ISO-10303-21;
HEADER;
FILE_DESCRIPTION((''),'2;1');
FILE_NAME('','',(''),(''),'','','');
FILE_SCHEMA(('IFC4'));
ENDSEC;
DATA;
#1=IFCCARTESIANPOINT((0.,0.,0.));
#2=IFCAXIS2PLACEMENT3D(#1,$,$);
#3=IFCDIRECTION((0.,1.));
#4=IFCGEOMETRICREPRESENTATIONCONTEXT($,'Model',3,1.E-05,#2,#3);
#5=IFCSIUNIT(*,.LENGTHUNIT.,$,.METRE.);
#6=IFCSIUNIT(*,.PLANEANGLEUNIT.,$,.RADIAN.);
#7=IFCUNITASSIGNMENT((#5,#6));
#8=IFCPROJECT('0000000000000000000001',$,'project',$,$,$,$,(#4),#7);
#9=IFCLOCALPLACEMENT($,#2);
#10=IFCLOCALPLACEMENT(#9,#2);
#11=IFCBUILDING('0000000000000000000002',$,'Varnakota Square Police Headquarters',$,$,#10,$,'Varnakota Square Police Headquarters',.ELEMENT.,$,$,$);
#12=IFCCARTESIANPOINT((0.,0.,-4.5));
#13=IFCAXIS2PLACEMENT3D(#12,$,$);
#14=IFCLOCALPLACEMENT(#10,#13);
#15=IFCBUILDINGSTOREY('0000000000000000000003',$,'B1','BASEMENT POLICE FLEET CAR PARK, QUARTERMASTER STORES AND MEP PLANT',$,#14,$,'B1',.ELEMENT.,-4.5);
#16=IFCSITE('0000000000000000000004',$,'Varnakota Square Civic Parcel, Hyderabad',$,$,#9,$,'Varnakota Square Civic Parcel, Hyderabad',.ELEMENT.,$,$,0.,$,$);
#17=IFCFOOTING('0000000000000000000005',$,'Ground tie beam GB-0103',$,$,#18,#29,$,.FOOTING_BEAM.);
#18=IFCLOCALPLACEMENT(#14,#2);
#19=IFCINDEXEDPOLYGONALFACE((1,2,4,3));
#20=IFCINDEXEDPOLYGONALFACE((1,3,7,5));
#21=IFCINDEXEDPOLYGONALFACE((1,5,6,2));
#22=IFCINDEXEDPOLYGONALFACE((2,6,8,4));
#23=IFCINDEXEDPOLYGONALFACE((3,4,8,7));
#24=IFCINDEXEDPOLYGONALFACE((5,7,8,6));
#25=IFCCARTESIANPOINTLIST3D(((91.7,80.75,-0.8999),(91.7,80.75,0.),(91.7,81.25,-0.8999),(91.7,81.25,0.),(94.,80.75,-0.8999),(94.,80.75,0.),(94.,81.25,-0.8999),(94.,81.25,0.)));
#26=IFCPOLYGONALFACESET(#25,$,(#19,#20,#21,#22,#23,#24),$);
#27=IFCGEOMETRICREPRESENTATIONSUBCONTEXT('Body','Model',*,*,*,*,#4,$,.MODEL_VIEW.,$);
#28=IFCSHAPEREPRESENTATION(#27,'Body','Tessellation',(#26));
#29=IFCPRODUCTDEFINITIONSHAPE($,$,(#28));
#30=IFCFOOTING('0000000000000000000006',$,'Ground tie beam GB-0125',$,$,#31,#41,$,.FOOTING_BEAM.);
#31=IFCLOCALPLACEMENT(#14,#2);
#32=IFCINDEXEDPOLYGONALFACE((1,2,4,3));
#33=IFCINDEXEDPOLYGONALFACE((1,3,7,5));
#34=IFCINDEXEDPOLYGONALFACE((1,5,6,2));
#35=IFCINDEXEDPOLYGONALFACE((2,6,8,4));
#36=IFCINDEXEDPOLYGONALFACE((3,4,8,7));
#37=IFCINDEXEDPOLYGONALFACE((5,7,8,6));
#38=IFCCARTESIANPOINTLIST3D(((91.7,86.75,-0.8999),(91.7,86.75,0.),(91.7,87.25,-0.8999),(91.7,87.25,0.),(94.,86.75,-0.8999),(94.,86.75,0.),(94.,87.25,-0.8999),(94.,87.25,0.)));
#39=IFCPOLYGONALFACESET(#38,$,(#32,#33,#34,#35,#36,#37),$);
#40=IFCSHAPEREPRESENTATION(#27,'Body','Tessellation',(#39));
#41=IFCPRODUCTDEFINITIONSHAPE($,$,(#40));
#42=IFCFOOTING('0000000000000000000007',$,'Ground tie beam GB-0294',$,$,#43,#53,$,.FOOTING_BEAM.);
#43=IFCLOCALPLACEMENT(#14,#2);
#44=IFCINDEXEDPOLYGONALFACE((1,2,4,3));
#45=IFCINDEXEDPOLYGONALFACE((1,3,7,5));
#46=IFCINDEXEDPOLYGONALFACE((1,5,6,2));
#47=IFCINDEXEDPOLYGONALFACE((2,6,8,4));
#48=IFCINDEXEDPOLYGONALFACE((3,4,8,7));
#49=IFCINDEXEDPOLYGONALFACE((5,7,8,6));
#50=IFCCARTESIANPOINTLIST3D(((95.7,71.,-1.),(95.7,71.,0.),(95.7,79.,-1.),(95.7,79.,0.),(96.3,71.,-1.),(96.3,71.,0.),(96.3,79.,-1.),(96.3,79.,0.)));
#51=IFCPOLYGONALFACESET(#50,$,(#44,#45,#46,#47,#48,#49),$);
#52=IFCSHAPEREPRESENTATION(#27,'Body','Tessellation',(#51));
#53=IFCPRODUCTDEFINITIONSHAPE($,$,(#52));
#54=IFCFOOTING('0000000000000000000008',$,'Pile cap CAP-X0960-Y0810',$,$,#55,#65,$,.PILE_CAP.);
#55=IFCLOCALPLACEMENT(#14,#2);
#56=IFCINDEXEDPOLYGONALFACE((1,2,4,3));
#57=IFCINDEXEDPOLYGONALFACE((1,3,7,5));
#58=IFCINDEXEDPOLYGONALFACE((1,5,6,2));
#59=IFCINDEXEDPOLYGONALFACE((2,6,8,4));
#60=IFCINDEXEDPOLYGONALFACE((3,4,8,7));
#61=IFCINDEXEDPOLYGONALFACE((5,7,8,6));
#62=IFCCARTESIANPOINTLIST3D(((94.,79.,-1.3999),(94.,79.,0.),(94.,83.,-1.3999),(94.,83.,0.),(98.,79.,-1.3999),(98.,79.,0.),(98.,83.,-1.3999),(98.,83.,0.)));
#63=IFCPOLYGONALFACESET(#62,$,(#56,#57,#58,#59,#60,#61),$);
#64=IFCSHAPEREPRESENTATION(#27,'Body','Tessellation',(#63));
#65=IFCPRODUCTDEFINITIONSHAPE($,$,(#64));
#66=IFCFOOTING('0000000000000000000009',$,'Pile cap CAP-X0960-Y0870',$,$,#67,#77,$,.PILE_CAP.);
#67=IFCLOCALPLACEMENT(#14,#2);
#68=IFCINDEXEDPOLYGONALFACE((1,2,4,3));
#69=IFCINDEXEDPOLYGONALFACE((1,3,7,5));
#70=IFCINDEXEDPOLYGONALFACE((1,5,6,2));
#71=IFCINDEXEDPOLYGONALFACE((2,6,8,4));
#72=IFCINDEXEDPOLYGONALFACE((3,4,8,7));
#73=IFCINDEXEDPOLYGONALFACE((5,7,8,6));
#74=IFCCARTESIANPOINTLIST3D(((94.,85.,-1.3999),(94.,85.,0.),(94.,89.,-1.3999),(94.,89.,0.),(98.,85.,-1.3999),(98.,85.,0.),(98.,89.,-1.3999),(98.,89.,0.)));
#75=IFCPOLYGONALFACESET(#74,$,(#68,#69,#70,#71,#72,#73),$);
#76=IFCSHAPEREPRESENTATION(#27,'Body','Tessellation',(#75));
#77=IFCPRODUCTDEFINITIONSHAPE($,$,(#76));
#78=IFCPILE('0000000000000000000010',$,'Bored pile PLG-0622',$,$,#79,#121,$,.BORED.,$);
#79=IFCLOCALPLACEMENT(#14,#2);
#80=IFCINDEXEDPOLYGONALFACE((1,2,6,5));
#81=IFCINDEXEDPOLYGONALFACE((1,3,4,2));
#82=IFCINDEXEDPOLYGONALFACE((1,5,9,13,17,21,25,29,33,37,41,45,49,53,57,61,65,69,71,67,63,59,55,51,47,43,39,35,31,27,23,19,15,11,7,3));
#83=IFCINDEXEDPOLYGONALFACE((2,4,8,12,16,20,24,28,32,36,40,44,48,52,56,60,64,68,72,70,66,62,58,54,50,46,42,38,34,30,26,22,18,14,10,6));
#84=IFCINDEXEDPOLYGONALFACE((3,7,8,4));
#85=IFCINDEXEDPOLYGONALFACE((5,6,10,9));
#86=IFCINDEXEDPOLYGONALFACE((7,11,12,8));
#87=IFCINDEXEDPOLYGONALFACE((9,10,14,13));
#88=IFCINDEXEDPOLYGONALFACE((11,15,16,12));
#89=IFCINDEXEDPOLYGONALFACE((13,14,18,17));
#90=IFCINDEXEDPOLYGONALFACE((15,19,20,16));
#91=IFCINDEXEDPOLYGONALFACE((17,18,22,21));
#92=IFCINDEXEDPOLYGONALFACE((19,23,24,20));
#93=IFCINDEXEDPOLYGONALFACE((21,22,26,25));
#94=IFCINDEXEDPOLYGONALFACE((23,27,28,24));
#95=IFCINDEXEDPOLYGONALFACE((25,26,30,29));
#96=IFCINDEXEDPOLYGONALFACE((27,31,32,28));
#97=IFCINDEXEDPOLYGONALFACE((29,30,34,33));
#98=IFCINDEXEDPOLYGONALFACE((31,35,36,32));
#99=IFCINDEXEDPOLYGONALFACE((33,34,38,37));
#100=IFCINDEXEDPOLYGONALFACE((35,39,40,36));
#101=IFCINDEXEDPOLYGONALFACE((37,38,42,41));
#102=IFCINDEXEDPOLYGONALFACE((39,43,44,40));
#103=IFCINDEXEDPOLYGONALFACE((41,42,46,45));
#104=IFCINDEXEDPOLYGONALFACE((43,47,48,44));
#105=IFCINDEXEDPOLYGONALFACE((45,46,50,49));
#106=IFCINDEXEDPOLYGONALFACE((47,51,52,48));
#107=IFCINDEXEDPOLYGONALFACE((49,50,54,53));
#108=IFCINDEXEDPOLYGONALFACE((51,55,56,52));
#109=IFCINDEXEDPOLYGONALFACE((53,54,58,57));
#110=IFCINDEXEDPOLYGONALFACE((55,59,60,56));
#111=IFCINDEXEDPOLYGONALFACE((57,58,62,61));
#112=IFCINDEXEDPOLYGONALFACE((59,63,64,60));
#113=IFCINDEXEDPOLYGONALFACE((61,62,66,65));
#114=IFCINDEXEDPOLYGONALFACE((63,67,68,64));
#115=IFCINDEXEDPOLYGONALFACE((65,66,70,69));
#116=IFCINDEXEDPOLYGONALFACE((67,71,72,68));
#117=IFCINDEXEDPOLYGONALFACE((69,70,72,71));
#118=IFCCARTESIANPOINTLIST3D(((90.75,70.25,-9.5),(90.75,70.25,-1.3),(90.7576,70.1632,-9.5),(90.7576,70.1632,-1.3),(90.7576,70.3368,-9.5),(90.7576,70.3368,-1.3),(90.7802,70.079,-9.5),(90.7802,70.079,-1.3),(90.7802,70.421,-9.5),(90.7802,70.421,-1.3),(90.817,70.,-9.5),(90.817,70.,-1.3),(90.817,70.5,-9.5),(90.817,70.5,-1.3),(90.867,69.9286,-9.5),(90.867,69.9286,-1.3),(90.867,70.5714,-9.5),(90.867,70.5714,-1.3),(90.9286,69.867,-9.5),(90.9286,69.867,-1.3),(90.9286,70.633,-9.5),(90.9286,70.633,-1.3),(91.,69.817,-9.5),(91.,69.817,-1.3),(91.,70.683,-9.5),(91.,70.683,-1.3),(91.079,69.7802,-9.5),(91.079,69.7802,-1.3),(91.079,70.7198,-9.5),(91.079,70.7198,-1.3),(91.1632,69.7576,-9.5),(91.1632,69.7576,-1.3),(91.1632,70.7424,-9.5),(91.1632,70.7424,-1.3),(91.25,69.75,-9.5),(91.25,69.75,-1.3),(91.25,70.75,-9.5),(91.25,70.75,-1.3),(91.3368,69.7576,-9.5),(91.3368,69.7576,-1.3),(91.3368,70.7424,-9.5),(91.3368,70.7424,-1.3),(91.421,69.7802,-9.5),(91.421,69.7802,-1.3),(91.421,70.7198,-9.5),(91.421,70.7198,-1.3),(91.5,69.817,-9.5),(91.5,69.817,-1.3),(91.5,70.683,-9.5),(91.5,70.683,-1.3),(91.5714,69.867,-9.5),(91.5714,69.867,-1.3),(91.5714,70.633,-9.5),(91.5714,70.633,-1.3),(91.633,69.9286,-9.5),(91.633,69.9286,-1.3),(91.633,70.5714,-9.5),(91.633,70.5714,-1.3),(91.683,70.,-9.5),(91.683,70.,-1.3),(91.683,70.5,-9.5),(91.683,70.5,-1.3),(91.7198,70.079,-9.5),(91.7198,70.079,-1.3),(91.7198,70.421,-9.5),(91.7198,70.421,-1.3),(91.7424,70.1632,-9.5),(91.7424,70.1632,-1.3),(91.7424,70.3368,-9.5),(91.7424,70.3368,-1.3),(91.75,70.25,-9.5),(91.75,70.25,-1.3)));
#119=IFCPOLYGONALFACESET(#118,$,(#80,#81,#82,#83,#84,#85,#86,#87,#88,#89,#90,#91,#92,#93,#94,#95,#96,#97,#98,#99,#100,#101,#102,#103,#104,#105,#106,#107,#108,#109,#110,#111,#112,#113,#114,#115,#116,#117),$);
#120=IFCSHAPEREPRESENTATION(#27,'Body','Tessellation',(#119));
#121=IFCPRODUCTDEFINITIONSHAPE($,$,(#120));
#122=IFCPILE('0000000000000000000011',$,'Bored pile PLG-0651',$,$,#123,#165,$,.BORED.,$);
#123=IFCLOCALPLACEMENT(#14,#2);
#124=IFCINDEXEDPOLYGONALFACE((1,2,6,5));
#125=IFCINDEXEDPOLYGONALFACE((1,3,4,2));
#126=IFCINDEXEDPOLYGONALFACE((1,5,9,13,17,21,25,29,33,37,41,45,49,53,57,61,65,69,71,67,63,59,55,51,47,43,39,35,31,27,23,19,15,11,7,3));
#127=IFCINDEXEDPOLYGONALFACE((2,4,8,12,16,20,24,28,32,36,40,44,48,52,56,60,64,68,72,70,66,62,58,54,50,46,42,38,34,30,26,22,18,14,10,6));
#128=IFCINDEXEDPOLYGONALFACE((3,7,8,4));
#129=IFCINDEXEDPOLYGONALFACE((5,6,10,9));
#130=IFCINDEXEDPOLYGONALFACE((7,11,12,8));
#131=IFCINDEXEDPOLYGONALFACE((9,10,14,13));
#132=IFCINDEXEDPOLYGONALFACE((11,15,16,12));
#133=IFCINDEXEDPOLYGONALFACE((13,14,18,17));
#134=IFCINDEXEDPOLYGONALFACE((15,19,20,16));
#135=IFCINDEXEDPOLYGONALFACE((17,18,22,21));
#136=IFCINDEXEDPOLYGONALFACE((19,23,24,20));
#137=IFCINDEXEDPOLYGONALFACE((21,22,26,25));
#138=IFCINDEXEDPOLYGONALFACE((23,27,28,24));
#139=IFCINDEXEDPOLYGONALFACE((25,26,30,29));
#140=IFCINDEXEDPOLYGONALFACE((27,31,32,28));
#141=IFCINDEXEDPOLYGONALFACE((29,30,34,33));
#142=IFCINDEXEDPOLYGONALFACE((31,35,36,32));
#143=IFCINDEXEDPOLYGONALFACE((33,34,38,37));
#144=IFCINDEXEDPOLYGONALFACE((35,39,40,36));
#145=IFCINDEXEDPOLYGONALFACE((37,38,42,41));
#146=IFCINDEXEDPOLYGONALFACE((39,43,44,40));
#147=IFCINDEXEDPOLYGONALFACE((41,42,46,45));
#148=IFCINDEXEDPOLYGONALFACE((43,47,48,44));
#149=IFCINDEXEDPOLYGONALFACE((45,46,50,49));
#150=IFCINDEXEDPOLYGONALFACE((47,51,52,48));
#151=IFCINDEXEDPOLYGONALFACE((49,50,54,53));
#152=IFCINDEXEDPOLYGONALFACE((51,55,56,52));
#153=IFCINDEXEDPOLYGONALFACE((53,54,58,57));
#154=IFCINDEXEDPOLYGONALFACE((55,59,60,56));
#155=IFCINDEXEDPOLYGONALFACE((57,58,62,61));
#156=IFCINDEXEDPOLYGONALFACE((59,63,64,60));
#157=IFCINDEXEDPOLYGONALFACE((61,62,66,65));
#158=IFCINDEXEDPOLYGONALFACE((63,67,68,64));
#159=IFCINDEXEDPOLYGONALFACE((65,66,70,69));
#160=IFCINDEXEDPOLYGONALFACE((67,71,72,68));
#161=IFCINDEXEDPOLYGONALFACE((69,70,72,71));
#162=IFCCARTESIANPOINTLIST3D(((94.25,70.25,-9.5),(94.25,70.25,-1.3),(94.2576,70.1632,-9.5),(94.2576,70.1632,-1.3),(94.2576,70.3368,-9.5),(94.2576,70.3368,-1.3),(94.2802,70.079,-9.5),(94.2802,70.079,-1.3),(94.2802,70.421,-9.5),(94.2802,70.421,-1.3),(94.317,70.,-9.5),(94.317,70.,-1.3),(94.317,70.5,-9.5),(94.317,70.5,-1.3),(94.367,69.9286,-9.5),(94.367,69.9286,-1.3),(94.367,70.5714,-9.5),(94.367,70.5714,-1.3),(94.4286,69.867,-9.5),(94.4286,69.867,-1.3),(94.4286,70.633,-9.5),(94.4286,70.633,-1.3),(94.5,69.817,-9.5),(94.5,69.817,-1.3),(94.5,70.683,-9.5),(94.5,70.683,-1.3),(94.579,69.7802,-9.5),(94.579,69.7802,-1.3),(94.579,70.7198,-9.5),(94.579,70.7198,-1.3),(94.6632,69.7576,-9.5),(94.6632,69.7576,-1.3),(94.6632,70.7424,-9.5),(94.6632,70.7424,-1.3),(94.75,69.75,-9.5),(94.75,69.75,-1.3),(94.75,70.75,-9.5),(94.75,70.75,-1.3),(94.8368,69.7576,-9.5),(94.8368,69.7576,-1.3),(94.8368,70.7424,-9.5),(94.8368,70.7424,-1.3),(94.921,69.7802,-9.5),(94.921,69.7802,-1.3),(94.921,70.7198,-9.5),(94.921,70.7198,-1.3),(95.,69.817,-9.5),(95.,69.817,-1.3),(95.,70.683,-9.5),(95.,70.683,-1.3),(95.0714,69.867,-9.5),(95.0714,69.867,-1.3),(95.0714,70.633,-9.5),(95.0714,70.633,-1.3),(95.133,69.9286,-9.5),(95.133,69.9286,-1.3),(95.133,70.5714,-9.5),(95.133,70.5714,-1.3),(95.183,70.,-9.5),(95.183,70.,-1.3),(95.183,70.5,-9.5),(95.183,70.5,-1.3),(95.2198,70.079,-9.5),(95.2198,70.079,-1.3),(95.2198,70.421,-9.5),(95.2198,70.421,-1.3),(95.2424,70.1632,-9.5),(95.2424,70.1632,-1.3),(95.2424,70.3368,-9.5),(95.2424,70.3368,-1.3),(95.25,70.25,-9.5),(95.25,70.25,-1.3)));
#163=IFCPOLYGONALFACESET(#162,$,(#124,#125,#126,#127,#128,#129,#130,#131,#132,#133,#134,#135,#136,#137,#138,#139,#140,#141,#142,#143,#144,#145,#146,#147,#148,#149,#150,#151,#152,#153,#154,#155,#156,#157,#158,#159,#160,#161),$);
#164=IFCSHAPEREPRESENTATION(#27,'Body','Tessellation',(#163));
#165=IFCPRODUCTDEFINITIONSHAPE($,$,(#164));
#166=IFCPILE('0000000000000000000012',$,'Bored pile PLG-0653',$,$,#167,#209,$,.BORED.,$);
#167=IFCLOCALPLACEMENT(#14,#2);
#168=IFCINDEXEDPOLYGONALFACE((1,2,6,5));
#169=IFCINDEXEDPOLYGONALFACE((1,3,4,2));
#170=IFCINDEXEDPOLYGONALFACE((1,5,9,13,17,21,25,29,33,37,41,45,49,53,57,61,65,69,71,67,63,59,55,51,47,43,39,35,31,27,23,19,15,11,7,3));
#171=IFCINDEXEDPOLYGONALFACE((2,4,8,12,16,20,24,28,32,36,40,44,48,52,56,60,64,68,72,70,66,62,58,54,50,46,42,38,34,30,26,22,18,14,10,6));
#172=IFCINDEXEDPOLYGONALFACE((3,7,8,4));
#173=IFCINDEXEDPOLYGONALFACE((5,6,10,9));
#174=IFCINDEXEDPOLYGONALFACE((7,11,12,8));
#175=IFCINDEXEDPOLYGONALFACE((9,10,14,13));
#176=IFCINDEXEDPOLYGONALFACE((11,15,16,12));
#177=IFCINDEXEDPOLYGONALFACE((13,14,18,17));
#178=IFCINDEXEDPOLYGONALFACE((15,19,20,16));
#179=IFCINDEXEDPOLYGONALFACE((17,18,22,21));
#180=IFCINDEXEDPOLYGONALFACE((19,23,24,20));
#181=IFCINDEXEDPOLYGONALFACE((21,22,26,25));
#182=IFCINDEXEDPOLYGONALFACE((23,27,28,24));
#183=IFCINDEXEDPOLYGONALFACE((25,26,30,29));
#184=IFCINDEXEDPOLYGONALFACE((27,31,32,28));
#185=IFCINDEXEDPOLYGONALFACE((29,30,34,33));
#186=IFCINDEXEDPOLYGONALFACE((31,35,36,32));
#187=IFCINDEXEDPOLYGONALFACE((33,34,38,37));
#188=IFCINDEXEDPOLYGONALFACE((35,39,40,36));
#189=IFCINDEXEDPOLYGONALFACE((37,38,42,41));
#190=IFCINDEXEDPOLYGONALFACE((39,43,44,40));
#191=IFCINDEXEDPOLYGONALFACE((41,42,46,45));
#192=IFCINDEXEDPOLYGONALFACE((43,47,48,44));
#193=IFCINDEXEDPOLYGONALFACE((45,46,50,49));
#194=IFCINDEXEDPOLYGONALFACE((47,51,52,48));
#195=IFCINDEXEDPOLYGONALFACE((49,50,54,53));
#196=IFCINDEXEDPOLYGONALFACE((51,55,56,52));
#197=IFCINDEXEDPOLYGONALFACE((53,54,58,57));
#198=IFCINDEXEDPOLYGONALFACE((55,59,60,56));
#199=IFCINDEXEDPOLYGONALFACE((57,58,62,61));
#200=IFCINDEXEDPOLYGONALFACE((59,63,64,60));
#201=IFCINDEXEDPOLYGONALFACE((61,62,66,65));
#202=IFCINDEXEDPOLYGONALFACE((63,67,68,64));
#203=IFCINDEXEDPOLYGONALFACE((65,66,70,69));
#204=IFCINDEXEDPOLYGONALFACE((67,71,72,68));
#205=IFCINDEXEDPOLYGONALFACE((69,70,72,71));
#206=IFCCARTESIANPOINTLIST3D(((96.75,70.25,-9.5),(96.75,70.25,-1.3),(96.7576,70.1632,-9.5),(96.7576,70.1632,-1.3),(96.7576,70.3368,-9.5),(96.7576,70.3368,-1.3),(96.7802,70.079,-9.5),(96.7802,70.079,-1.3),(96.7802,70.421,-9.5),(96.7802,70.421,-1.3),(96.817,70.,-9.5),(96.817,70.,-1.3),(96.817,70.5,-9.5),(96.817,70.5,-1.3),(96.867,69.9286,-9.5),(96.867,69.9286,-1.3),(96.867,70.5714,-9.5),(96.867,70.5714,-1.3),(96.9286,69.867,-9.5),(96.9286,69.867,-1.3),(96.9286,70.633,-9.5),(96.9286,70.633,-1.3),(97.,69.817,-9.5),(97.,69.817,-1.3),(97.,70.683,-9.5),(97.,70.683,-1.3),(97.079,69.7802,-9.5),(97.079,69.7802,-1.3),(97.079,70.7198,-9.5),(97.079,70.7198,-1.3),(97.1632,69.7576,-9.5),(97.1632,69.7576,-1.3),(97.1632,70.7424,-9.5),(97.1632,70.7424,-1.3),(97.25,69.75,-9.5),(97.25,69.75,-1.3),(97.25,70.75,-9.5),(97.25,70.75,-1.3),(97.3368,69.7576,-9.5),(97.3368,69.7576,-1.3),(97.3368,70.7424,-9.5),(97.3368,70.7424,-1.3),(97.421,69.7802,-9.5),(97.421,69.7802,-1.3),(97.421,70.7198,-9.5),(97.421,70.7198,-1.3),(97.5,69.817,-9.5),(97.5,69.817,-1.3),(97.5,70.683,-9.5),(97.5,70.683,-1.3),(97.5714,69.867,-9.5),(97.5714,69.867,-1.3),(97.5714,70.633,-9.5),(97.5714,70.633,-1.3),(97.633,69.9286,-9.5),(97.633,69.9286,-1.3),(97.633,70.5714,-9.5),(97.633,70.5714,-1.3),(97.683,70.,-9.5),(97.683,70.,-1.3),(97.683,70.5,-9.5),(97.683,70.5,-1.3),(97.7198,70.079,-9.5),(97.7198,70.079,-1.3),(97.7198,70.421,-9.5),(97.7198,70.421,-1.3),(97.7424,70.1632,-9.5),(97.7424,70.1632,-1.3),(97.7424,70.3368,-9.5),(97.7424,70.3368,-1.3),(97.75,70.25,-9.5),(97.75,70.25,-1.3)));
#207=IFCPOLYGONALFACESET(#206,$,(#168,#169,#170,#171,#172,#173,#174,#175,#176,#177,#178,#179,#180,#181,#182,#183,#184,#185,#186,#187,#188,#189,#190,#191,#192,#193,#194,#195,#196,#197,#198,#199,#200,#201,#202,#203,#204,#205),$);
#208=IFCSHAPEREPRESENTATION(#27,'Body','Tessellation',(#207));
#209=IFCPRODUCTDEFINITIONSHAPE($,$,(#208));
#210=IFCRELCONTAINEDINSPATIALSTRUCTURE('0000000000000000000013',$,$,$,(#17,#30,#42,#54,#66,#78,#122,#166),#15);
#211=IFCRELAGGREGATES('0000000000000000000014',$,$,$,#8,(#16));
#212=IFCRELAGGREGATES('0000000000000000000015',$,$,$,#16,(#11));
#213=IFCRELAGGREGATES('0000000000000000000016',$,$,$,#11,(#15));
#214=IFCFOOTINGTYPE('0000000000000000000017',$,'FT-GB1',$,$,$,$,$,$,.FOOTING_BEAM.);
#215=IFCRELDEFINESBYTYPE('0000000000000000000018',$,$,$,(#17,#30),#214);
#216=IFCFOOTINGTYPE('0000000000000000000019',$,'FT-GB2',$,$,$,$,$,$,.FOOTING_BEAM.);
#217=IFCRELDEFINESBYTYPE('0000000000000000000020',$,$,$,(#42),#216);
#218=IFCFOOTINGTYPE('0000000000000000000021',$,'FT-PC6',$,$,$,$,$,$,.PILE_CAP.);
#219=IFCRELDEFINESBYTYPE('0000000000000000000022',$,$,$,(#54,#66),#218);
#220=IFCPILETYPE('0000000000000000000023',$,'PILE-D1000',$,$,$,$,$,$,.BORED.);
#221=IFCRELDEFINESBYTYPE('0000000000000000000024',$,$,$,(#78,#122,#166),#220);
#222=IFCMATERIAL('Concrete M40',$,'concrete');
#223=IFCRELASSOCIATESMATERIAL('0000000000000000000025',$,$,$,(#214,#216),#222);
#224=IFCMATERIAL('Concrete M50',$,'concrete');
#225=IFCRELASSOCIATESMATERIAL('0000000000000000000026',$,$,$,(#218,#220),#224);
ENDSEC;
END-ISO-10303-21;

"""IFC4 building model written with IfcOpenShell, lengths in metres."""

from ifc_helpers import new_model, si_unit, direction, frame, origin, origin_2d, place, context, subcontext, project, spatial, rectangle, circle, extrude, material, material_profile, profile_set, type_object, element, save


model = new_model("IFC4")

# Units and contexts
model_context = context("Model", 3, precision=1e-05, world=origin(), true_north=direction((0.0, 1.0)))
body_context = subcontext(model_context, "Body", "Model", "MODEL_VIEW")
ifc_project = project(units=[si_unit("LENGTHUNIT", "METRE"), si_unit("PLANEANGLEUNIT", "RADIAN")], contexts=[model_context])

# Site, building, storey
site_placement = place(None, origin())
site = spatial("IfcSite", under=ifc_project, at=site_placement, Name="Varnakota Square Civic Parcel, Hyderabad", LongName="Varnakota Square Civic Parcel, Hyderabad", CompositionType="ELEMENT", RefElevation=0.0)
building_placement = place(site_placement, origin())
building = spatial("IfcBuilding", under=site, at=building_placement, Name="Varnakota Square Police Headquarters", LongName="Varnakota Square Police Headquarters", CompositionType="ELEMENT")
storey_placement = place(building_placement, frame((0.0, 0.0, -4.5)))
storey = spatial("IfcBuildingStorey", under=building, at=storey_placement, Name="B1", Description="BASEMENT POLICE FLEET CAR PARK, QUARTERMASTER STORES AND MEP PLANT", LongName="B1", CompositionType="ELEMENT", Elevation=-4.5)

# Footings
ifc_material_1 = material(Name="Concrete M40", Category="concrete")
ifc_material_profile_1 = material_profile(ifc_material_1, rectangle(XDim=0.5, YDim=0.8999, at=origin_2d()), Name="GB 500x900")
ifc_profile_set_1 = profile_set([ifc_material_profile_1], Name="Concrete M40")
footing_type_1 = type_object("IfcFootingType", Name="FT-GB1", PredefinedType="FOOTING_BEAM", material=ifc_profile_set_1)
for number, where, z_axis, x_axis, name in (
    (1, (91.7, 81.0, -0.45), (1.0, 0.0, 0.0), (0.0, 1.0, 0.0), "Ground tie beam GB-0103"),
    (2, (91.7, 87.0, -0.45), (1.0, 0.0, 0.0), (0.0, 1.0, 0.0), "Ground tie beam GB-0125"),
):
    element("IfcFooting", number, at=place(storey_placement, frame(where, z_axis=z_axis, x_axis=x_axis)), inside=storey, type_object=footing_type_1, Name=name, PredefinedType="FOOTING_BEAM", context=body_context, shape_type="SweptSolid", body=[
        extrude(rectangle(XDim=0.5, YDim=0.8999, at=origin_2d()), origin(), (0.0, 0.0, 1.0), 2.3),
    ])
ifc_material_profile_2 = material_profile(ifc_material_1, rectangle(XDim=0.6001, YDim=1.0, at=origin_2d()), Name="GB 600x1000")
ifc_profile_set_2 = profile_set([ifc_material_profile_2], Name="Concrete M40")
footing_type_2 = type_object("IfcFootingType", Name="FT-GB2", PredefinedType="FOOTING_BEAM", material=ifc_profile_set_2)
footing_placement = place(storey_placement, frame((96.0, 71.0, -0.5), z_axis=(0.0, 1.0, 0.0), x_axis=(-1.0, 0.0, 0.0)))
element("IfcFooting", 3, at=footing_placement, inside=storey, type_object=footing_type_2, Name="Ground tie beam GB-0294", PredefinedType="FOOTING_BEAM", context=body_context, shape_type="SweptSolid", body=[
    extrude(rectangle(XDim=0.6001, YDim=1.0, at=origin_2d()), origin(), (0.0, 0.0, 1.0), 8.0),
])
ifc_material_2 = material(Name="Concrete M50", Category="concrete")
footing_type_3 = type_object("IfcFootingType", Name="FT-PC6", PredefinedType="PILE_CAP", material=ifc_material_2)
for number, where, z_axis, x_axis, name in (
    (4, (96.0, 81.0, -1.3999), (0.0, 0.0, 1.0), (1.0, 0.0, 0.0), "Pile cap CAP-X0960-Y0810"),
    (5, (96.0, 87.0, -1.3999), (0.0, 0.0, 1.0), (1.0, 0.0, 0.0), "Pile cap CAP-X0960-Y0870"),
):
    element("IfcFooting", number, at=place(storey_placement, frame(where, z_axis=z_axis, x_axis=x_axis)), inside=storey, type_object=footing_type_3, Name=name, PredefinedType="PILE_CAP", context=body_context, shape_type="SweptSolid", body=[
        extrude(rectangle(XDim=4.0, YDim=4.0, at=origin_2d()), origin(), (0.0, 0.0, 1.0), 1.3999),
    ])

# Piles
ifc_material_profile_3 = material_profile(ifc_material_2, circle(Radius=0.5, at=origin_2d()), Name="BORED PILE 1000")
ifc_profile_set_3 = profile_set([ifc_material_profile_3], Name="Concrete M50")
pile_type_1 = type_object("IfcPileType", Name="PILE-D1000", PredefinedType="BORED", material=ifc_profile_set_3)
for number, where, z_axis, x_axis, name in (
    (6, (91.25, 70.25, -1.3), (0.0, 0.0, -1.0), (1.0, 0.0, 0.0), "Bored pile PLG-0622"),
    (7, (94.75, 70.25, -1.3), (0.0, 0.0, -1.0), (1.0, 0.0, 0.0), "Bored pile PLG-0651"),
    (8, (97.25, 70.25, -1.3), (0.0, 0.0, -1.0), (1.0, 0.0, 0.0), "Bored pile PLG-0653"),
):
    element("IfcPile", number, at=place(storey_placement, frame(where, z_axis=z_axis, x_axis=x_axis)), inside=storey, type_object=pile_type_1, Name=name, PredefinedType="BORED", context=body_context, shape_type="SweptSolid", body=[
        extrude(circle(Radius=0.5, at=origin_2d()), origin(), (0.0, 0.0, 1.0), 8.2),
    ])

save(model, "model.ifc")
